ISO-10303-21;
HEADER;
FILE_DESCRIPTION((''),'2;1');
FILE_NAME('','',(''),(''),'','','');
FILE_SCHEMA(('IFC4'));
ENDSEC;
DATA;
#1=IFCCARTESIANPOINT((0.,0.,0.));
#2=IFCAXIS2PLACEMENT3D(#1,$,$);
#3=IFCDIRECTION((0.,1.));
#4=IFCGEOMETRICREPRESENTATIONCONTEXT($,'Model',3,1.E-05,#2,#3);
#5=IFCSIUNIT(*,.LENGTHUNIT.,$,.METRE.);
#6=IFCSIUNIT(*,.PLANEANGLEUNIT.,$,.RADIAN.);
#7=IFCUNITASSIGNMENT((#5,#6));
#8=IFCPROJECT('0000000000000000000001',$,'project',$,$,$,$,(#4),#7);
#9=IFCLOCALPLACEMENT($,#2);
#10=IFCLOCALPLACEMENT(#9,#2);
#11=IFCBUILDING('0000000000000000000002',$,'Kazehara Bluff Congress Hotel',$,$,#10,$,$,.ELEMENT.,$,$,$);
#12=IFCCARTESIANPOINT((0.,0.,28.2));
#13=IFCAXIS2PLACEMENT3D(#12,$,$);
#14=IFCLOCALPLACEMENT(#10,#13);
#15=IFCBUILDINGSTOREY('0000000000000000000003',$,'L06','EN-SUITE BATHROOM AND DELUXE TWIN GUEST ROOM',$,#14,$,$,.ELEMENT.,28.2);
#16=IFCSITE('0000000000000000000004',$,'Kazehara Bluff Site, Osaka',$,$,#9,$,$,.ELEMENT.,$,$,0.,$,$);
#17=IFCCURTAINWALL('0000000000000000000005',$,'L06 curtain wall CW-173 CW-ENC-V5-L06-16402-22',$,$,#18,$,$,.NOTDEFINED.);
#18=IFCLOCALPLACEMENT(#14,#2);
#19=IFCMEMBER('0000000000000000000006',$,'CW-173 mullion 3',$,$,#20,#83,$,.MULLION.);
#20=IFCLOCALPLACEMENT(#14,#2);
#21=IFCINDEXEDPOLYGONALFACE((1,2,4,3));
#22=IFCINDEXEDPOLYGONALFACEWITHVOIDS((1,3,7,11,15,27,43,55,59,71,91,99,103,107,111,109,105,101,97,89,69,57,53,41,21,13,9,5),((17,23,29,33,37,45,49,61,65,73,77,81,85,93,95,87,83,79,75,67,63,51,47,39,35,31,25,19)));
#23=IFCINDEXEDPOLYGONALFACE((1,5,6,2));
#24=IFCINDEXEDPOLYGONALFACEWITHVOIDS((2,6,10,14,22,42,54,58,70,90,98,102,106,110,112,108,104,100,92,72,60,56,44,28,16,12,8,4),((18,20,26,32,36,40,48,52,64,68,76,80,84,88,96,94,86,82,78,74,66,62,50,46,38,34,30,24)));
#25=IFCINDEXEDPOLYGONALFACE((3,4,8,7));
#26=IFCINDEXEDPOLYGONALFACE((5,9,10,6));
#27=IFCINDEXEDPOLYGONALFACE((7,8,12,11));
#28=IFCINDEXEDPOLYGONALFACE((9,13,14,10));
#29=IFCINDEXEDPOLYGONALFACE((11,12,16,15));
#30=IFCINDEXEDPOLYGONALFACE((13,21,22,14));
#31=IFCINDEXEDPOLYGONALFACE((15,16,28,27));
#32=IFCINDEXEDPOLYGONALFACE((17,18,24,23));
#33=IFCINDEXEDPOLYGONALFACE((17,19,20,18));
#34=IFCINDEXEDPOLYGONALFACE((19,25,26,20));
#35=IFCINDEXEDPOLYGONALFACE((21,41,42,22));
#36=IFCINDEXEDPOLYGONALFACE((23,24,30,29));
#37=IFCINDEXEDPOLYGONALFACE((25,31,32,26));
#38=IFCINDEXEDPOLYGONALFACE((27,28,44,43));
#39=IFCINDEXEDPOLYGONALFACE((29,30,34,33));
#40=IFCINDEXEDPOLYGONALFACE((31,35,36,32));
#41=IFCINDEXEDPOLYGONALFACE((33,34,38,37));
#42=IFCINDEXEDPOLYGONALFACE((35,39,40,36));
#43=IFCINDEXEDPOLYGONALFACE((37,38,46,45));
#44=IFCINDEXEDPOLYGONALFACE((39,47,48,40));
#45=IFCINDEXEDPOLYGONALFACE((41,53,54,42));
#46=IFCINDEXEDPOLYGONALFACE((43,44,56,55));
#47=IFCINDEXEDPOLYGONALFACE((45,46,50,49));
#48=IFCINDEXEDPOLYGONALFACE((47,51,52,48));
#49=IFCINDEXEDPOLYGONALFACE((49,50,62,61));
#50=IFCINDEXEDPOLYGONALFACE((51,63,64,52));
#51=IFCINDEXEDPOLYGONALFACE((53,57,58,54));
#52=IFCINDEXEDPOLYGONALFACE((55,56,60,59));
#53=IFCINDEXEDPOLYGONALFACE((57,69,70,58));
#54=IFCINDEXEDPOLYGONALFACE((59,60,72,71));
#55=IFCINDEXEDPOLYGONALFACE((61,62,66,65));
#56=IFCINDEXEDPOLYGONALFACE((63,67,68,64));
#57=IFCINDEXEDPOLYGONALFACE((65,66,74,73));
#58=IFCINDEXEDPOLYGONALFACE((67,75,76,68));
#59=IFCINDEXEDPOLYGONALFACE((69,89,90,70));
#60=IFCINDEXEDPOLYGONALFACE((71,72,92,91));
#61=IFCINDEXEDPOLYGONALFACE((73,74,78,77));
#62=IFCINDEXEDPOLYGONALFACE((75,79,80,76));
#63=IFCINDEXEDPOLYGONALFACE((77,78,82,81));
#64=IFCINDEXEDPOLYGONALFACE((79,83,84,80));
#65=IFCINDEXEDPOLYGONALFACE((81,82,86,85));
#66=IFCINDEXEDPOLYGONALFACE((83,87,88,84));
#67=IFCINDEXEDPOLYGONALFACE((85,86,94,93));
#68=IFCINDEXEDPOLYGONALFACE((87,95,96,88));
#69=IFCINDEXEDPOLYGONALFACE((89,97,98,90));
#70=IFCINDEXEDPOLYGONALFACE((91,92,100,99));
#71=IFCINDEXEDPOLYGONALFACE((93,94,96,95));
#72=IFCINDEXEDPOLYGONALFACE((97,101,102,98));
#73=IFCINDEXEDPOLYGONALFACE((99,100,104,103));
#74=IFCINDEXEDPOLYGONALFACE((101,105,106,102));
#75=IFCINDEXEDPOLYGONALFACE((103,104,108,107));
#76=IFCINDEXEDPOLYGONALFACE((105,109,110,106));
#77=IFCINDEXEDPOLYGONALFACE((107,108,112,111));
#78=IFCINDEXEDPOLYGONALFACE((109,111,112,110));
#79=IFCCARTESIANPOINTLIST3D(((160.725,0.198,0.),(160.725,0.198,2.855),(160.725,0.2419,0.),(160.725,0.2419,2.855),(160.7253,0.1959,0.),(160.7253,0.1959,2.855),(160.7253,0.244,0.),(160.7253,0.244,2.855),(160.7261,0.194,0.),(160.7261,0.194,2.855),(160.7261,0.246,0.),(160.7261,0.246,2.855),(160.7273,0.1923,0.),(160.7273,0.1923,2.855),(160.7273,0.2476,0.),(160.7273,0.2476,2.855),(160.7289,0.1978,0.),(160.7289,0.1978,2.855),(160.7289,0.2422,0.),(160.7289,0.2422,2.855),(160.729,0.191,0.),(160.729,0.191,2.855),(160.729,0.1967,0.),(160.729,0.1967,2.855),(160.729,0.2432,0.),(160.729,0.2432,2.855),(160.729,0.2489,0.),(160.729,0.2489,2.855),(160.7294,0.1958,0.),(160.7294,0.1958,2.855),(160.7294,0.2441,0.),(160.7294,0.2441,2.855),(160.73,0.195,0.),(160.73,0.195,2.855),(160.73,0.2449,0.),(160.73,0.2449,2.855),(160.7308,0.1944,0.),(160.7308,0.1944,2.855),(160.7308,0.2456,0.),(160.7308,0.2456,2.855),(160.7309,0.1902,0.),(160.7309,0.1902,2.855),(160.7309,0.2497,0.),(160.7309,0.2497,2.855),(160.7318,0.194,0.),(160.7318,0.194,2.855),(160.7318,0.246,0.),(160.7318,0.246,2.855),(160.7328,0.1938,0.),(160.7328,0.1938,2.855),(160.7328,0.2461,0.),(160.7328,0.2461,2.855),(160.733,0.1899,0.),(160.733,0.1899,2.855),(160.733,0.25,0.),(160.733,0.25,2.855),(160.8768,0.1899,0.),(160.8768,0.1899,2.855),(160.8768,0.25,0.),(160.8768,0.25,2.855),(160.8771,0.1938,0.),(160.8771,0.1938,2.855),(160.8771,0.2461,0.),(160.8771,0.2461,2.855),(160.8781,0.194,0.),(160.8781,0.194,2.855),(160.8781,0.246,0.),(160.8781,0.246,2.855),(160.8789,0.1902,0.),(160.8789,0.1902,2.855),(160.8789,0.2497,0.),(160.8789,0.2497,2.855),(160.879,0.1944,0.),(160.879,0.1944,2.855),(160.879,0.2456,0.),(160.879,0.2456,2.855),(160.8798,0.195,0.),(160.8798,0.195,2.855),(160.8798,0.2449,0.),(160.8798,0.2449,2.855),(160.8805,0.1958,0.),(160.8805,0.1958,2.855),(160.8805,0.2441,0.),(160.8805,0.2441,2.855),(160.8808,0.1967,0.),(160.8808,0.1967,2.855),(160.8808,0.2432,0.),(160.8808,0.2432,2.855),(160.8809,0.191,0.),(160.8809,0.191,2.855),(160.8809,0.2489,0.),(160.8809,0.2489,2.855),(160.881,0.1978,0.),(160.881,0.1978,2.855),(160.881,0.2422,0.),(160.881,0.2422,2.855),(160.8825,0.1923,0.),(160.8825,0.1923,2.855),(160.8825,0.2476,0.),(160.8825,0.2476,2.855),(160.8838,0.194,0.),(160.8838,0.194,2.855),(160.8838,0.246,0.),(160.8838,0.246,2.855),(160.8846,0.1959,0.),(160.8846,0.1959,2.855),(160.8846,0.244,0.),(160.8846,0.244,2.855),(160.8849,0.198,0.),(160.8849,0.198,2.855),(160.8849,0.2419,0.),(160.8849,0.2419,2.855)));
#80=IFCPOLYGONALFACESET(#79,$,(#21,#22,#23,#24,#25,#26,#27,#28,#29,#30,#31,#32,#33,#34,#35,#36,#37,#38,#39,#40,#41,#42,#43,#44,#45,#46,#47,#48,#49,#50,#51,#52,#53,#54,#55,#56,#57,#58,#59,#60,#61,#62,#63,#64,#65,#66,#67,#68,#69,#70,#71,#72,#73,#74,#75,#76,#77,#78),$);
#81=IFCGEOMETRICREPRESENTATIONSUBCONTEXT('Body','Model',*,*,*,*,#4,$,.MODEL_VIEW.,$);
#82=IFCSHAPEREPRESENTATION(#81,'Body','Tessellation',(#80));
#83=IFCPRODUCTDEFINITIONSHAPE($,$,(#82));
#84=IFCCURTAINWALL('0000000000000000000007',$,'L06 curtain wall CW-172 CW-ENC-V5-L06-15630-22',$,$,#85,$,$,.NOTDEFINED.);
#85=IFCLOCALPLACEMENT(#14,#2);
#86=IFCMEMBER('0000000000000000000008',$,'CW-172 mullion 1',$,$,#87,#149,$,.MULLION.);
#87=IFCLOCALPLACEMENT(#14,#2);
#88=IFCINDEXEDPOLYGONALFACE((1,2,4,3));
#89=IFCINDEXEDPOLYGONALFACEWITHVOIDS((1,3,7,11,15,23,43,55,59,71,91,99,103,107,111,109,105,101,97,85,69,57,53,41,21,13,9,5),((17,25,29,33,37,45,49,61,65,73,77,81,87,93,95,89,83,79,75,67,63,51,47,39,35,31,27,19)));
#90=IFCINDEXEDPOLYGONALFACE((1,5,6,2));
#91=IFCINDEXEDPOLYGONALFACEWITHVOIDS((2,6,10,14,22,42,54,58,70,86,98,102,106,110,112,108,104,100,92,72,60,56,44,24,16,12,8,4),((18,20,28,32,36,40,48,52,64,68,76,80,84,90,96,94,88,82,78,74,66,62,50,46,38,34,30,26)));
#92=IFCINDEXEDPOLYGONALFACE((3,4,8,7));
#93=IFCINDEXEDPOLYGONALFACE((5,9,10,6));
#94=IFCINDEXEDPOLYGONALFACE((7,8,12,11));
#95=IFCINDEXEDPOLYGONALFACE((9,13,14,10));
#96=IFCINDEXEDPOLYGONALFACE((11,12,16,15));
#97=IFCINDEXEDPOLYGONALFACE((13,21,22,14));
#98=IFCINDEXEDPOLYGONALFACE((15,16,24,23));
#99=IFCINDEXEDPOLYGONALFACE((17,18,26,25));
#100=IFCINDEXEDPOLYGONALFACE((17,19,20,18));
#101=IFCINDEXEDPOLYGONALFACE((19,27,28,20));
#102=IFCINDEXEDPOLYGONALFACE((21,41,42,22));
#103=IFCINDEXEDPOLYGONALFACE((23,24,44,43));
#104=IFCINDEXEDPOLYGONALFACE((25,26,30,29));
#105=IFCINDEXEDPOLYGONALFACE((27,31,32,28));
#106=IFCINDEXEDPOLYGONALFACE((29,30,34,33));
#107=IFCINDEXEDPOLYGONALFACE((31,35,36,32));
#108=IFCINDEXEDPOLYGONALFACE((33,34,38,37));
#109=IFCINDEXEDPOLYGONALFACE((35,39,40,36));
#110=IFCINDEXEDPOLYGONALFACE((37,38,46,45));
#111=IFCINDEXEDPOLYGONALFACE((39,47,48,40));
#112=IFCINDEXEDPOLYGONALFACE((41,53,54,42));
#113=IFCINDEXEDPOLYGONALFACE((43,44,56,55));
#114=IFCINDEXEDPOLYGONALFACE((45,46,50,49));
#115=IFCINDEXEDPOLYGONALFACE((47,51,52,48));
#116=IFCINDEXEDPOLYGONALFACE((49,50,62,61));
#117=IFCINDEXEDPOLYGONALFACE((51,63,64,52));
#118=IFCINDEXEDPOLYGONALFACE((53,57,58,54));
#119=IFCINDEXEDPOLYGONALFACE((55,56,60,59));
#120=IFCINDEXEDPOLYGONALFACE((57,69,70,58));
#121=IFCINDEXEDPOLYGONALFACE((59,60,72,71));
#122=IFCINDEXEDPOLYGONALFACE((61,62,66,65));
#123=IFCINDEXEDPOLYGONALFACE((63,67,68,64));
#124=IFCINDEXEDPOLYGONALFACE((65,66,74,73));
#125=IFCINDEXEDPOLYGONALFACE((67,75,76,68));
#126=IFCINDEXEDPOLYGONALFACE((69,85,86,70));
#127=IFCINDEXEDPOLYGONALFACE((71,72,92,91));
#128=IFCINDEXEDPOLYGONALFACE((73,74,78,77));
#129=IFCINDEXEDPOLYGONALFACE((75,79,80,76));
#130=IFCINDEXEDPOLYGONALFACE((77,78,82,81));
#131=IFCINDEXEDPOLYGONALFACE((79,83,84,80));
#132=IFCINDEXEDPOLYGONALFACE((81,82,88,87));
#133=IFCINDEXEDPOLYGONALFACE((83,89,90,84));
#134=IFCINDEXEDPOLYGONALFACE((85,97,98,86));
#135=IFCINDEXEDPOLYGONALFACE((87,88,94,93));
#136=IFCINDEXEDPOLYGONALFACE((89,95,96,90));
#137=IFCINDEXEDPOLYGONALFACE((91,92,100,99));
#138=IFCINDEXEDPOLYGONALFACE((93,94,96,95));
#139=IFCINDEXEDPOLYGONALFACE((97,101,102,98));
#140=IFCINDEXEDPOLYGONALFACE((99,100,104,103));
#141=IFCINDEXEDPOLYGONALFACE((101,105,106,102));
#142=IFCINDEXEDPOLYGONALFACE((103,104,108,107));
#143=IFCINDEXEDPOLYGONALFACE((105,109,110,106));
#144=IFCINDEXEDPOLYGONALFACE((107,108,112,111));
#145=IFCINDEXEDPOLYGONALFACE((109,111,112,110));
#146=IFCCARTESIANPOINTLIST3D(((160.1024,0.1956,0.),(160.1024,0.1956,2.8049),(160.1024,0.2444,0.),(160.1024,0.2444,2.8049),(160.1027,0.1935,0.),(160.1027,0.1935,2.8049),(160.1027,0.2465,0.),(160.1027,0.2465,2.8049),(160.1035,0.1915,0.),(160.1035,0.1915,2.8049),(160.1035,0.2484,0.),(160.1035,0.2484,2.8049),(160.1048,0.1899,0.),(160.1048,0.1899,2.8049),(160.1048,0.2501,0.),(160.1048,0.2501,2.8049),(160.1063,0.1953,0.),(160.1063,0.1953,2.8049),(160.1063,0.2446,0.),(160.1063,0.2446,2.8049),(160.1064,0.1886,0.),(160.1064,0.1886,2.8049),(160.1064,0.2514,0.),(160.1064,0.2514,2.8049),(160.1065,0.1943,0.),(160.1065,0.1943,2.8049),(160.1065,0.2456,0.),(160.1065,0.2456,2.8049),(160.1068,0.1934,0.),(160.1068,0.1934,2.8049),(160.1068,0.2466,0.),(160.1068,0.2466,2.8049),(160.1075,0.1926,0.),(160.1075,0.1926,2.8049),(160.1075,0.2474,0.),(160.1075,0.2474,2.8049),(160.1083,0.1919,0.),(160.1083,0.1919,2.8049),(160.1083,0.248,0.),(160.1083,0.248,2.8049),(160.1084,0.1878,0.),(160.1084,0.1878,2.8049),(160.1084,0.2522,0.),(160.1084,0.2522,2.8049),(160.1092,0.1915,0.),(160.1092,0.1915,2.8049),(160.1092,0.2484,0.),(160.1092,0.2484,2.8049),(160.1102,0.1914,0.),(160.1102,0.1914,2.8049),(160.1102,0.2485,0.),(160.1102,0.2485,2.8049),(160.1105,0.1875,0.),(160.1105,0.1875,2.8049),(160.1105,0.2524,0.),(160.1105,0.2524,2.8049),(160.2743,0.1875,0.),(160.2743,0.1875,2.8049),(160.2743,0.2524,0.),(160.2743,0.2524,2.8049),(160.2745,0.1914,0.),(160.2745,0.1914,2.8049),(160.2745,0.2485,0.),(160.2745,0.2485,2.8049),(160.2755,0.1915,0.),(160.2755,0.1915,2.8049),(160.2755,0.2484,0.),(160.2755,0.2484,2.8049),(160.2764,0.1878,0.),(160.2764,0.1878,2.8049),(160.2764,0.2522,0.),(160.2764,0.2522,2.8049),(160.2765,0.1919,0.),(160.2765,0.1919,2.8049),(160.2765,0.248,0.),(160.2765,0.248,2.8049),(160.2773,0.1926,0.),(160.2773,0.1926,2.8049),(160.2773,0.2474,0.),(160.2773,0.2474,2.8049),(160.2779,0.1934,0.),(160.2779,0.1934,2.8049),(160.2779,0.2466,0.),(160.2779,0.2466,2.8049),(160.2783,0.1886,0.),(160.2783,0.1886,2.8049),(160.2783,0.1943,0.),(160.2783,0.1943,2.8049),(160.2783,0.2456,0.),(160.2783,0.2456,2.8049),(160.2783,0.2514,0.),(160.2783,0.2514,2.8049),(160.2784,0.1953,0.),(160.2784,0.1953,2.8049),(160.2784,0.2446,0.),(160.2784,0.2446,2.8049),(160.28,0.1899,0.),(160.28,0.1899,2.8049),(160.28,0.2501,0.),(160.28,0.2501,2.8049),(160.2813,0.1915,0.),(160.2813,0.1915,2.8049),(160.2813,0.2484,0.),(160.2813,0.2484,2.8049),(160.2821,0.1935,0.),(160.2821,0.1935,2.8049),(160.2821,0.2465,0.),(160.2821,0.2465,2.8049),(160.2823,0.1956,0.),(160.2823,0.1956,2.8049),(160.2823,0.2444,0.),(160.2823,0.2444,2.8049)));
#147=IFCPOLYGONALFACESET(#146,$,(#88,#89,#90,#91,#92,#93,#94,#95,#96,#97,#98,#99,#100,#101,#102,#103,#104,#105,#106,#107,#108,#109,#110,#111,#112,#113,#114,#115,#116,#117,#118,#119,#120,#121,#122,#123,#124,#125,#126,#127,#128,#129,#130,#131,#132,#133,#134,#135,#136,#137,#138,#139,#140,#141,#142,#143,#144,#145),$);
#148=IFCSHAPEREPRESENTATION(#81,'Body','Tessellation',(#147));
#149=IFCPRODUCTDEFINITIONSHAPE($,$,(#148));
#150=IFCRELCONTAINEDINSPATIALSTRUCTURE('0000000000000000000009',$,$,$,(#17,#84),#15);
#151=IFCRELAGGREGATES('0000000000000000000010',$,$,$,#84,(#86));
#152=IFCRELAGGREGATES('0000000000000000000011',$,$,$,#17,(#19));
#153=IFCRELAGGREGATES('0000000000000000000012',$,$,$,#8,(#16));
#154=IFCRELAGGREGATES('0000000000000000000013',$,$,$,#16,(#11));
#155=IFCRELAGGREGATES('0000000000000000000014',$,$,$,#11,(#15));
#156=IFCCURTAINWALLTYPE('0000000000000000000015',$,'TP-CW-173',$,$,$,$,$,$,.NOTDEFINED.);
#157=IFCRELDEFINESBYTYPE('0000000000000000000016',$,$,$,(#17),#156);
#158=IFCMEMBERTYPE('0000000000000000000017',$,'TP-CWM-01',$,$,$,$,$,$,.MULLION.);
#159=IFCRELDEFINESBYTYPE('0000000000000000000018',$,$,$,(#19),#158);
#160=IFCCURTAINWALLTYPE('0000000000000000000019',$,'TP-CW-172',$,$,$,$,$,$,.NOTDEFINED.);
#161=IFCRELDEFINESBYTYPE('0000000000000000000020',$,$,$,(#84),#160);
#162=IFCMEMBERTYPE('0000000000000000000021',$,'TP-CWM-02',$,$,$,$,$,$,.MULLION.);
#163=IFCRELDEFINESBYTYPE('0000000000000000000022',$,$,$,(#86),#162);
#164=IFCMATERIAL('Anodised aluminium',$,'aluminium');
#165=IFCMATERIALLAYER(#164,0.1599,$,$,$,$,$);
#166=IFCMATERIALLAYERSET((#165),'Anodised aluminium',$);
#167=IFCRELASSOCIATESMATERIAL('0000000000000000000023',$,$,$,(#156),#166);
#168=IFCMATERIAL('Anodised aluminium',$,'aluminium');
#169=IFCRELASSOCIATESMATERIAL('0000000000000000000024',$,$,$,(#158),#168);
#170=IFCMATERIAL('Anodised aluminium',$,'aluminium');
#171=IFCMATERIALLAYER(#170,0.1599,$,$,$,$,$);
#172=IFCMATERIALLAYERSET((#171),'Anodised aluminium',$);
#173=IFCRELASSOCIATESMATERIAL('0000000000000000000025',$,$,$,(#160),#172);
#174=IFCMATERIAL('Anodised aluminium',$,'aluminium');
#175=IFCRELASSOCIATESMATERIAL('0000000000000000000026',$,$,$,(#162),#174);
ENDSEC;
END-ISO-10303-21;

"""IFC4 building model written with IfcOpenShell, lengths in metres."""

from ifc_helpers import new_model, si_unit, direction, frame, origin, origin_2d, place, context, subcontext, project, spatial, hollow_rectangle, extrude, material, layer, layer_set, material_profile, profile_set, type_object, element, aggregate, save


model = new_model("IFC4")

# Units and contexts
model_context = context("Model", 3, precision=1e-05, world=origin(), true_north=direction((0.0, 1.0)))
body_context = subcontext(model_context, "Body", "Model", "MODEL_VIEW")
ifc_project = project(units=[si_unit("LENGTHUNIT", "METRE"), si_unit("PLANEANGLEUNIT", "RADIAN")], contexts=[model_context])

# Site, building, storey
site_placement = place(None, origin())
site = spatial("IfcSite", under=ifc_project, at=site_placement, Name="Kazehara Bluff Site, Osaka", CompositionType="ELEMENT", RefElevation=0.0)
building_placement = place(site_placement, origin())
building = spatial("IfcBuilding", under=site, at=building_placement, Name="Kazehara Bluff Congress Hotel", CompositionType="ELEMENT")
storey_placement = place(building_placement, frame((0.0, 0.0, 28.2)))
storey = spatial("IfcBuildingStorey", under=building, at=storey_placement, Name="L06", Description="EN-SUITE BATHROOM AND DELUXE TWIN GUEST ROOM", CompositionType="ELEMENT", Elevation=28.2)

# Curtain wall, member
ifc_material_1 = material(Name="Anodised aluminium", Category="aluminium")
ifc_layer_1 = layer(ifc_material_1, 0.1599)
ifc_layer_set_1 = layer_set([ifc_layer_1], Name="Anodised aluminium")
curtain_wall_type_1 = type_object("IfcCurtainWallType", Name="TP-CW-173", PredefinedType="NOTDEFINED", material=ifc_layer_set_1)
curtain_wall_1_placement = place(storey_placement, origin())
curtain_wall_1 = element("IfcCurtainWall", 1, at=curtain_wall_1_placement, inside=storey, type_object=curtain_wall_type_1, Name="L06 curtain wall CW-173 CW-ENC-V5-L06-16402-22", PredefinedType="NOTDEFINED")
ifc_material_2 = material(Name="Anodised aluminium", Category="aluminium")
ifc_material_profile_1 = material_profile(ifc_material_2, hollow_rectangle(XDim=0.0601, YDim=0.1599, WallThickness=0.0039, InnerFilletRadius=0.0039, OuterFilletRadius=0.0081, at=origin_2d()))
ifc_profile_set_1 = profile_set([ifc_material_profile_1], Name="Anodised aluminium")
member_type_1 = type_object("IfcMemberType", Name="TP-CWM-01", PredefinedType="MULLION", material=ifc_profile_set_1)
member_1_placement = place(storey_placement, frame((160.8049, 0.22, 0.0), z_axis=(0.0, 0.0, 1.0), x_axis=(0.0, -1.0, 0.0)))
member_1 = element("IfcMember", 2, at=member_1_placement, type_object=member_type_1, Name="CW-173 mullion 3", PredefinedType="MULLION", context=body_context, shape_type="SweptSolid", body=[
    extrude(hollow_rectangle(XDim=0.0601, YDim=0.1599, WallThickness=0.0039, InnerFilletRadius=0.0039, OuterFilletRadius=0.0081, at=origin_2d()), origin(), (0.0, 0.0, 1.0), 2.855),
])

# Curtain wall, member
ifc_material_3 = material(Name="Anodised aluminium", Category="aluminium")
ifc_layer_2 = layer(ifc_material_3, 0.1599)
ifc_layer_set_2 = layer_set([ifc_layer_2], Name="Anodised aluminium")
curtain_wall_type_2 = type_object("IfcCurtainWallType", Name="TP-CW-172", PredefinedType="NOTDEFINED", material=ifc_layer_set_2)
curtain_wall_2_placement = place(storey_placement, origin())
curtain_wall_2 = element("IfcCurtainWall", 3, at=curtain_wall_2_placement, inside=storey, type_object=curtain_wall_type_2, Name="L06 curtain wall CW-172 CW-ENC-V5-L06-15630-22", PredefinedType="NOTDEFINED")
ifc_material_4 = material(Name="Anodised aluminium", Category="aluminium")
ifc_material_profile_2 = material_profile(ifc_material_4, hollow_rectangle(XDim=0.0649, YDim=0.1799, WallThickness=0.0039, InnerFilletRadius=0.0039, OuterFilletRadius=0.0081, at=origin_2d()))
ifc_profile_set_2 = profile_set([ifc_material_profile_2], Name="Anodised aluminium")
member_type_2 = type_object("IfcMemberType", Name="TP-CWM-02", PredefinedType="MULLION", material=ifc_profile_set_2)
member_2_placement = place(storey_placement, frame((160.1924, 0.22, 0.0), z_axis=(0.0, 0.0, 1.0), x_axis=(0.0, -1.0, 0.0)))
member_2 = element("IfcMember", 4, at=member_2_placement, type_object=member_type_2, Name="CW-172 mullion 1", PredefinedType="MULLION", context=body_context, shape_type="SweptSolid", body=[
    extrude(hollow_rectangle(XDim=0.0649, YDim=0.1799, WallThickness=0.0039, InnerFilletRadius=0.0039, OuterFilletRadius=0.0081, at=origin_2d()), origin(), (0.0, 0.0, 1.0), 2.8049),
])

aggregate(curtain_wall_2, [member_2])

aggregate(curtain_wall_1, [member_1])

save(model, "model.ifc")
